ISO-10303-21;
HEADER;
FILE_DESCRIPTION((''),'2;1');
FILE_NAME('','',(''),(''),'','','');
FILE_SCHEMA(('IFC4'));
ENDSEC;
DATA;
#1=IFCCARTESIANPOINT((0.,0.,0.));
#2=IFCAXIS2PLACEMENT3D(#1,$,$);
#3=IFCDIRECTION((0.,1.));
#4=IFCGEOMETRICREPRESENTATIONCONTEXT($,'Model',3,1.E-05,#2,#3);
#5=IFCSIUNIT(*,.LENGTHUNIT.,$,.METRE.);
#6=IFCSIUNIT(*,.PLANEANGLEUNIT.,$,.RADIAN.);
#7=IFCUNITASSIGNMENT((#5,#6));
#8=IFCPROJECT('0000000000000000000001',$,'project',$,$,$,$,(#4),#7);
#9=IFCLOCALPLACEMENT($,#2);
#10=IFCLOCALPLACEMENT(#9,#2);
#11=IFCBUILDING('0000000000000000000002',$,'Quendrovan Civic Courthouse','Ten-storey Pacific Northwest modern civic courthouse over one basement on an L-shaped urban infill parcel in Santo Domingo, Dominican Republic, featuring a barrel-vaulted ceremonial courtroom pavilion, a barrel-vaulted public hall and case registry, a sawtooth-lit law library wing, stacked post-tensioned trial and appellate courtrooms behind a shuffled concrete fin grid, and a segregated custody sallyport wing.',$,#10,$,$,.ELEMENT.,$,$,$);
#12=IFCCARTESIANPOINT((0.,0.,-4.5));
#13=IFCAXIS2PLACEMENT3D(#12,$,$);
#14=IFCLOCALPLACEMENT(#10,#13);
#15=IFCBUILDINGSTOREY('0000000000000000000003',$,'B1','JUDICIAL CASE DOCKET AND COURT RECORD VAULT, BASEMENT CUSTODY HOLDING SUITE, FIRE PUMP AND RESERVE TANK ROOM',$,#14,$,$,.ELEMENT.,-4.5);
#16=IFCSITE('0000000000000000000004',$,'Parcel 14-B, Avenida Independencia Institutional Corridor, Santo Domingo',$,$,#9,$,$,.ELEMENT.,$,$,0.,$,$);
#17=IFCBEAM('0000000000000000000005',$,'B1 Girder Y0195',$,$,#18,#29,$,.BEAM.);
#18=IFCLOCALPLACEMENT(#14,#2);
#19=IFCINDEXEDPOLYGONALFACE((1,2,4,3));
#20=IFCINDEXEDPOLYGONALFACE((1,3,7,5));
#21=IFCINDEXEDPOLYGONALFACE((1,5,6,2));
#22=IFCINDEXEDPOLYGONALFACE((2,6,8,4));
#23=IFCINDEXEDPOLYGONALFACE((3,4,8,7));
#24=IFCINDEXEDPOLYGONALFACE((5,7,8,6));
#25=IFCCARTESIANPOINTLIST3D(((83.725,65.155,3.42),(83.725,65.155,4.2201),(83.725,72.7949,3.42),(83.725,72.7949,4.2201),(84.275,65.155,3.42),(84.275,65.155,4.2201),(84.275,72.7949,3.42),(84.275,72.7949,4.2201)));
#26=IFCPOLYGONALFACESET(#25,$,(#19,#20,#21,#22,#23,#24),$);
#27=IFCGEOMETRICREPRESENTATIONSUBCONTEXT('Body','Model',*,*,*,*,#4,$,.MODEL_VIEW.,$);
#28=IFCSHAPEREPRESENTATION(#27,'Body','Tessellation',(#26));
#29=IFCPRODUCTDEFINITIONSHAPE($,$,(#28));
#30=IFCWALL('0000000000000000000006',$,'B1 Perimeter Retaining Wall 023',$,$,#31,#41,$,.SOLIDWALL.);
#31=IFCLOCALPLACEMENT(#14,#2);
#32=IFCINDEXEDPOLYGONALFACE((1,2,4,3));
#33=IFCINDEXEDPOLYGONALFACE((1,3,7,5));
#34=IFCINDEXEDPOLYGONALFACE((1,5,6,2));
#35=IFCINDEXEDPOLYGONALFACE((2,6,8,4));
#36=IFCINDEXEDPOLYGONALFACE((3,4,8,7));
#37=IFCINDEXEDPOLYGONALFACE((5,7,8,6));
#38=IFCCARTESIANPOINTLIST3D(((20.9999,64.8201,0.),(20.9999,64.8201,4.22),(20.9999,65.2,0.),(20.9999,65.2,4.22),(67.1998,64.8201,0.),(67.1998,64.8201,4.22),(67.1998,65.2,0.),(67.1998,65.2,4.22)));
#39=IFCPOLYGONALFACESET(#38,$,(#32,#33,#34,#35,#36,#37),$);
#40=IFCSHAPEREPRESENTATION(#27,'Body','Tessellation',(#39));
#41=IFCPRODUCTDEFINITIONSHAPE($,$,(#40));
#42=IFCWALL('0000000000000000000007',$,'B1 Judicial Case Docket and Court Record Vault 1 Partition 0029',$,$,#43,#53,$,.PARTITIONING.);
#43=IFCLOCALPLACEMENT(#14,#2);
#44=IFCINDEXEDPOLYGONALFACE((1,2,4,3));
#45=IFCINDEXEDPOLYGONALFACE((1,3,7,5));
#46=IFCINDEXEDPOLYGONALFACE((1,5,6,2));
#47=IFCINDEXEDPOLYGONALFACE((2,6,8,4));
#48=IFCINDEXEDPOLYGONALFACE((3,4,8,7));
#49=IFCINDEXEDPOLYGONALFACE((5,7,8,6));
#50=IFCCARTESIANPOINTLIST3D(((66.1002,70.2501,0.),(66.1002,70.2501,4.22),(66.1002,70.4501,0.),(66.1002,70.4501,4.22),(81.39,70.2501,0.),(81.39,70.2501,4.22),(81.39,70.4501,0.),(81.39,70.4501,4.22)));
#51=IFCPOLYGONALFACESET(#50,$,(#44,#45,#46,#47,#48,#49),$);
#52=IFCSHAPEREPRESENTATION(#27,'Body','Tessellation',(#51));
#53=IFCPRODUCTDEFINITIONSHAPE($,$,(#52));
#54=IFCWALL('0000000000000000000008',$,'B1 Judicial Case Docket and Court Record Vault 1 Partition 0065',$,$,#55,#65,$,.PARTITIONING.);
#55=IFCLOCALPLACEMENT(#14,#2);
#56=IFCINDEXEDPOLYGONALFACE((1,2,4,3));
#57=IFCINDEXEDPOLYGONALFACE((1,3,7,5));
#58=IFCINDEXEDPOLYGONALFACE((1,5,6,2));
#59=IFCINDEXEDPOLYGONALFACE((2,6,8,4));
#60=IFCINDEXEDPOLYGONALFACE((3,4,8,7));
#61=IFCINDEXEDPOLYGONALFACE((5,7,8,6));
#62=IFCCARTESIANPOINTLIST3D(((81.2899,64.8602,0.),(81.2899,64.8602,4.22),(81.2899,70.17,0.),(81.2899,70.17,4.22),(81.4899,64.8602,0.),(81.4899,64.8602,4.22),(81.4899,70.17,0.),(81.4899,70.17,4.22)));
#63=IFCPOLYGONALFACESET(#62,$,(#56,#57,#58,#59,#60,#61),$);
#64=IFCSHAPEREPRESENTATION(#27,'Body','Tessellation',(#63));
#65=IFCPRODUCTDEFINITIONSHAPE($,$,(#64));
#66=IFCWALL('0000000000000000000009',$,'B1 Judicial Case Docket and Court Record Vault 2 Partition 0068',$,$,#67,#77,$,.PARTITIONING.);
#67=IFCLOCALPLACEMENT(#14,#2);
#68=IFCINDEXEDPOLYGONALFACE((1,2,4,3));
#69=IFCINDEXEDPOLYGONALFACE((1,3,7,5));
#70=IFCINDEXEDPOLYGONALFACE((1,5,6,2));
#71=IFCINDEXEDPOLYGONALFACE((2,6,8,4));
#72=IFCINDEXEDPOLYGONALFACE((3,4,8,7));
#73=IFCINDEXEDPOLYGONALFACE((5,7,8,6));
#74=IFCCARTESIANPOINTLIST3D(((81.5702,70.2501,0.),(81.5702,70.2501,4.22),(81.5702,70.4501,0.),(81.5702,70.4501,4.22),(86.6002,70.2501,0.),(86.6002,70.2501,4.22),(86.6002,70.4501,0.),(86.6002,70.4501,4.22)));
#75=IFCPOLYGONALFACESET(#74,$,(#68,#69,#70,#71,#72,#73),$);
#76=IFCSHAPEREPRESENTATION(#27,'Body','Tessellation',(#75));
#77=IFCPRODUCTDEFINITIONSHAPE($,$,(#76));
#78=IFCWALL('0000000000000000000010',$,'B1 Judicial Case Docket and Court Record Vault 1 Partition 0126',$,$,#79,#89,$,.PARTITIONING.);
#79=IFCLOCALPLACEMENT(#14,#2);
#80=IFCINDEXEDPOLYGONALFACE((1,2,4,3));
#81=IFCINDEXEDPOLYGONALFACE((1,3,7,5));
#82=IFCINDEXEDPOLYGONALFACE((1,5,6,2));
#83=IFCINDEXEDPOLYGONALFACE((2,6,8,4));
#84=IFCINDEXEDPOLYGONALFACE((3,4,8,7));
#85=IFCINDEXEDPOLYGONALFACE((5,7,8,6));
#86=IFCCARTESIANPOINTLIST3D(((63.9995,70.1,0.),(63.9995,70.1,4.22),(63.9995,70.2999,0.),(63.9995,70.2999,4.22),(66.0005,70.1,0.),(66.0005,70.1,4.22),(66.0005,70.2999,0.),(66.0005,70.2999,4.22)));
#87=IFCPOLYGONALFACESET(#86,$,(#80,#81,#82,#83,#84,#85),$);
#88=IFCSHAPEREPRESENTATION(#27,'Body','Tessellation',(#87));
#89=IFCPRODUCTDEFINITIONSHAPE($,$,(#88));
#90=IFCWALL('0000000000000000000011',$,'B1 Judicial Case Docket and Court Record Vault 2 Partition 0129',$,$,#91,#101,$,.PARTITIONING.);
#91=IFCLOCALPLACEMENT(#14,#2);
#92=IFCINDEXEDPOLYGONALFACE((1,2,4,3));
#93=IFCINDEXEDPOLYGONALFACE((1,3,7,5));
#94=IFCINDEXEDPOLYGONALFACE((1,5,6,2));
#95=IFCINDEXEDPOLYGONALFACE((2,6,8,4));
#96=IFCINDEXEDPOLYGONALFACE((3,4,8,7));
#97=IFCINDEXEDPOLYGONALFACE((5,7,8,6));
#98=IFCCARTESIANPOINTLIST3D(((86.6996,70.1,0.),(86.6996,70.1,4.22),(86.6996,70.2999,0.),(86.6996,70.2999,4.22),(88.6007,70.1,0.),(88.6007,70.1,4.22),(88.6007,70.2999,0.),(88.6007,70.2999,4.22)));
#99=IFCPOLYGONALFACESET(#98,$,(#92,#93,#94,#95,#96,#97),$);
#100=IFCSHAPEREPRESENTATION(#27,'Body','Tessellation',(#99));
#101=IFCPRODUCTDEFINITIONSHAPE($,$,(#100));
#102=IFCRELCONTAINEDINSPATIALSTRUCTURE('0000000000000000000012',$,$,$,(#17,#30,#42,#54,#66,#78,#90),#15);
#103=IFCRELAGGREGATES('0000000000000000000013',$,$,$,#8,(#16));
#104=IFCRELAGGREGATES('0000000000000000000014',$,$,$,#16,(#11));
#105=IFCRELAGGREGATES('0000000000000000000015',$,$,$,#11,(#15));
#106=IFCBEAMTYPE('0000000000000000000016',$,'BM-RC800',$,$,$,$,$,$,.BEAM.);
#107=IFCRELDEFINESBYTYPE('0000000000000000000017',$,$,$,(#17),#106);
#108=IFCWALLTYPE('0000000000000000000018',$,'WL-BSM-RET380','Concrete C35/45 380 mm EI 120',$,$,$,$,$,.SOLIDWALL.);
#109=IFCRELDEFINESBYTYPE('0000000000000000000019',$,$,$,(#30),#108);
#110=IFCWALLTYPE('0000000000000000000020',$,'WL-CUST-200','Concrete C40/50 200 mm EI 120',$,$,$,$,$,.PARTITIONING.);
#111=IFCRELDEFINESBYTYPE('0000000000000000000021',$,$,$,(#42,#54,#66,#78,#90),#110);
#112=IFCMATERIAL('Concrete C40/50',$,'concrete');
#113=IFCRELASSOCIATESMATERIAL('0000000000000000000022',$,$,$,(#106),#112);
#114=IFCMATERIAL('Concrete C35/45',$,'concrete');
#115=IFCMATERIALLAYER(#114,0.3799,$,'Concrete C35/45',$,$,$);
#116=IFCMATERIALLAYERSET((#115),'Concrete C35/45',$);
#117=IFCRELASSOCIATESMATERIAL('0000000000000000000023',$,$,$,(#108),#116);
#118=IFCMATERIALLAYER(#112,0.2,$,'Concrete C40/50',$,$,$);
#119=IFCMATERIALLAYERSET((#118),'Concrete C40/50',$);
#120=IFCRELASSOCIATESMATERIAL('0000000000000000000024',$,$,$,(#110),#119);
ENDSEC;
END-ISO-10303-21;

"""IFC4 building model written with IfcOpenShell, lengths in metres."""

from ifc_helpers import new_model, si_unit, direction, frame, frame_2d, origin, origin_2d, place, context, subcontext, project, spatial, rectangle, extrude, material, layer, layer_set, material_profile, profile_set, type_object, element, save


model = new_model("IFC4")

# Units and contexts
model_context = context("Model", 3, precision=1e-05, world=origin(), true_north=direction((0.0, 1.0)))
body_context = subcontext(model_context, "Body", "Model", "MODEL_VIEW")
ifc_project = project(units=[si_unit("LENGTHUNIT", "METRE"), si_unit("PLANEANGLEUNIT", "RADIAN")], contexts=[model_context])

# Site, building, storey
site_placement = place(None, origin())
site = spatial("IfcSite", under=ifc_project, at=site_placement, Name="Parcel 14-B, Avenida Independencia Institutional Corridor, Santo Domingo", CompositionType="ELEMENT", RefElevation=0.0)
building_placement = place(site_placement, origin())
building = spatial("IfcBuilding", under=site, at=building_placement, Name="Quendrovan Civic Courthouse", Description="Ten-storey Pacific Northwest modern civic courthouse over one basement on an L-shaped urban infill parcel in Santo Domingo, Dominican Republic, featuring a barrel-vaulted ceremonial courtroom pavilion, a barrel-vaulted public hall and case registry, a sawtooth-lit law library wing, stacked post-tensioned trial and appellate courtrooms behind a shuffled concrete fin grid, and a segregated custody sallyport wing.", CompositionType="ELEMENT")
storey_placement = place(building_placement, frame((0.0, 0.0, -4.5)))
storey = spatial("IfcBuildingStorey", under=building, at=storey_placement, Name="B1", Description="JUDICIAL CASE DOCKET AND COURT RECORD VAULT, BASEMENT CUSTODY HOLDING SUITE, FIRE PUMP AND RESERVE TANK ROOM", CompositionType="ELEMENT", Elevation=-4.5)

# Shared definitions
ifc_material_1 = material(Name="Concrete C35/45", Category="concrete")

# Beam
ifc_material_2 = material(Name="Concrete C40/50", Category="concrete")
ifc_material_profile_1 = material_profile(ifc_material_2, rectangle(XDim=0.55, YDim=0.8, at=origin_2d()), Name="RC-BM-550x800")
ifc_profile_set_1 = profile_set([ifc_material_profile_1], Name="Concrete C40/50")
beam_type_1 = type_object("IfcBeamType", Name="BM-RC800", PredefinedType="BEAM", material=ifc_profile_set_1)
beam_1_placement = place(storey_placement, frame((84.0, 65.155, 3.8201), z_axis=(0.0, 1.0, 0.0), x_axis=(-1.0, 0.0, 0.0)))
element("IfcBeam", 1, at=beam_1_placement, inside=storey, type_object=beam_type_1, Name="B1 Girder Y0195", PredefinedType="BEAM", context=body_context, shape_type="SweptSolid", body=[
    extrude(rectangle(XDim=0.55, YDim=0.8, at=origin_2d()), origin(), (0.0, 0.0, 1.0), 7.6399),
])

# Walls
ifc_layer_1 = layer(ifc_material_1, 0.3799, Name="Concrete C35/45")
ifc_layer_set_1 = layer_set([ifc_layer_1], Name="Concrete C35/45")
wall_type_1 = type_object("IfcWallType", Name="WL-BSM-RET380", Description="Concrete C35/45 380 mm EI 120", PredefinedType="SOLIDWALL", material=ifc_layer_set_1)
wall_1_placement = place(storey_placement, frame((67.2, 65.01, 0.0), z_axis=(0.0, 0.0, 1.0), x_axis=(-1.0, 0.0, 0.0)))
element("IfcWall", 2, at=wall_1_placement, inside=storey, type_object=wall_type_1, Name="B1 Perimeter Retaining Wall 023", PredefinedType="SOLIDWALL", context=body_context, shape_type="SweptSolid", body=[
    extrude(rectangle(XDim=46.2, YDim=0.3799, at=frame_2d((23.1001, 0.0))), origin(), (0.0, 0.0, 1.0), 4.22),
])
ifc_layer_2 = layer(ifc_material_2, 0.2, Name="Concrete C40/50")
ifc_layer_set_2 = layer_set([ifc_layer_2], Name="Concrete C40/50")
wall_type_2 = type_object("IfcWallType", Name="WL-CUST-200", Description="Concrete C40/50 200 mm EI 120", PredefinedType="PARTITIONING", material=ifc_layer_set_2)
wall_2_placement = place(storey_placement, frame((66.1001, 70.3501, 0.0), z_axis=(0.0, 0.0, 1.0), x_axis=(1.0, 0.0, 0.0)))
element("IfcWall", 3, at=wall_2_placement, inside=storey, type_object=wall_type_2, Name="B1 Judicial Case Docket and Court Record Vault 1 Partition 0029", PredefinedType="PARTITIONING", context=body_context, shape_type="SweptSolid", body=[
    extrude(rectangle(XDim=15.2898, YDim=0.2, at=frame_2d((7.645, 0.0))), origin(), (0.0, 0.0, 1.0), 4.22),
])
wall_3_placement = place(storey_placement, frame((81.3899, 70.1699, 0.0), z_axis=(0.0, 0.0, 1.0), x_axis=(0.0, -1.0, 0.0)))
element("IfcWall", 4, at=wall_3_placement, inside=storey, type_object=wall_type_2, Name="B1 Judicial Case Docket and Court Record Vault 1 Partition 0065", PredefinedType="PARTITIONING", context=body_context, shape_type="SweptSolid", body=[
    extrude(rectangle(XDim=5.3098, YDim=0.2, at=frame_2d((2.6548, 0.0))), origin(), (0.0, 0.0, 1.0), 4.22),
])
wall_4_placement = place(storey_placement, frame((81.5701, 70.3501, 0.0), z_axis=(0.0, 0.0, 1.0), x_axis=(1.0, 0.0, 0.0)))
element("IfcWall", 5, at=wall_4_placement, inside=storey, type_object=wall_type_2, Name="B1 Judicial Case Docket and Court Record Vault 2 Partition 0068", PredefinedType="PARTITIONING", context=body_context, shape_type="SweptSolid", body=[
    extrude(rectangle(XDim=5.03, YDim=0.2, at=frame_2d((2.5151, 0.0))), origin(), (0.0, 0.0, 1.0), 4.22),
])
wall_5_placement = place(storey_placement, frame((63.9995, 70.2, 0.0), z_axis=(0.0, 0.0, 1.0), x_axis=(1.0, 0.0, 0.0)))
element("IfcWall", 6, at=wall_5_placement, inside=storey, type_object=wall_type_2, Name="B1 Judicial Case Docket and Court Record Vault 1 Partition 0126", PredefinedType="PARTITIONING", context=body_context, shape_type="SweptSolid", body=[
    extrude(rectangle(XDim=2.001, YDim=0.2, at=frame_2d((1.0005, 0.0))), origin(), (0.0, 0.0, 1.0), 4.22),
])
wall_6_placement = place(storey_placement, frame((86.6995, 70.2, 0.0), z_axis=(0.0, 0.0, 1.0), x_axis=(1.0, 0.0, 0.0)))
element("IfcWall", 7, at=wall_6_placement, inside=storey, type_object=wall_type_2, Name="B1 Judicial Case Docket and Court Record Vault 2 Partition 0129", PredefinedType="PARTITIONING", context=body_context, shape_type="SweptSolid", body=[
    extrude(rectangle(XDim=1.9011, YDim=0.2, at=frame_2d((0.9507, 0.0))), origin(), (0.0, 0.0, 1.0), 4.22),
])

save(model, "model.ifc")
